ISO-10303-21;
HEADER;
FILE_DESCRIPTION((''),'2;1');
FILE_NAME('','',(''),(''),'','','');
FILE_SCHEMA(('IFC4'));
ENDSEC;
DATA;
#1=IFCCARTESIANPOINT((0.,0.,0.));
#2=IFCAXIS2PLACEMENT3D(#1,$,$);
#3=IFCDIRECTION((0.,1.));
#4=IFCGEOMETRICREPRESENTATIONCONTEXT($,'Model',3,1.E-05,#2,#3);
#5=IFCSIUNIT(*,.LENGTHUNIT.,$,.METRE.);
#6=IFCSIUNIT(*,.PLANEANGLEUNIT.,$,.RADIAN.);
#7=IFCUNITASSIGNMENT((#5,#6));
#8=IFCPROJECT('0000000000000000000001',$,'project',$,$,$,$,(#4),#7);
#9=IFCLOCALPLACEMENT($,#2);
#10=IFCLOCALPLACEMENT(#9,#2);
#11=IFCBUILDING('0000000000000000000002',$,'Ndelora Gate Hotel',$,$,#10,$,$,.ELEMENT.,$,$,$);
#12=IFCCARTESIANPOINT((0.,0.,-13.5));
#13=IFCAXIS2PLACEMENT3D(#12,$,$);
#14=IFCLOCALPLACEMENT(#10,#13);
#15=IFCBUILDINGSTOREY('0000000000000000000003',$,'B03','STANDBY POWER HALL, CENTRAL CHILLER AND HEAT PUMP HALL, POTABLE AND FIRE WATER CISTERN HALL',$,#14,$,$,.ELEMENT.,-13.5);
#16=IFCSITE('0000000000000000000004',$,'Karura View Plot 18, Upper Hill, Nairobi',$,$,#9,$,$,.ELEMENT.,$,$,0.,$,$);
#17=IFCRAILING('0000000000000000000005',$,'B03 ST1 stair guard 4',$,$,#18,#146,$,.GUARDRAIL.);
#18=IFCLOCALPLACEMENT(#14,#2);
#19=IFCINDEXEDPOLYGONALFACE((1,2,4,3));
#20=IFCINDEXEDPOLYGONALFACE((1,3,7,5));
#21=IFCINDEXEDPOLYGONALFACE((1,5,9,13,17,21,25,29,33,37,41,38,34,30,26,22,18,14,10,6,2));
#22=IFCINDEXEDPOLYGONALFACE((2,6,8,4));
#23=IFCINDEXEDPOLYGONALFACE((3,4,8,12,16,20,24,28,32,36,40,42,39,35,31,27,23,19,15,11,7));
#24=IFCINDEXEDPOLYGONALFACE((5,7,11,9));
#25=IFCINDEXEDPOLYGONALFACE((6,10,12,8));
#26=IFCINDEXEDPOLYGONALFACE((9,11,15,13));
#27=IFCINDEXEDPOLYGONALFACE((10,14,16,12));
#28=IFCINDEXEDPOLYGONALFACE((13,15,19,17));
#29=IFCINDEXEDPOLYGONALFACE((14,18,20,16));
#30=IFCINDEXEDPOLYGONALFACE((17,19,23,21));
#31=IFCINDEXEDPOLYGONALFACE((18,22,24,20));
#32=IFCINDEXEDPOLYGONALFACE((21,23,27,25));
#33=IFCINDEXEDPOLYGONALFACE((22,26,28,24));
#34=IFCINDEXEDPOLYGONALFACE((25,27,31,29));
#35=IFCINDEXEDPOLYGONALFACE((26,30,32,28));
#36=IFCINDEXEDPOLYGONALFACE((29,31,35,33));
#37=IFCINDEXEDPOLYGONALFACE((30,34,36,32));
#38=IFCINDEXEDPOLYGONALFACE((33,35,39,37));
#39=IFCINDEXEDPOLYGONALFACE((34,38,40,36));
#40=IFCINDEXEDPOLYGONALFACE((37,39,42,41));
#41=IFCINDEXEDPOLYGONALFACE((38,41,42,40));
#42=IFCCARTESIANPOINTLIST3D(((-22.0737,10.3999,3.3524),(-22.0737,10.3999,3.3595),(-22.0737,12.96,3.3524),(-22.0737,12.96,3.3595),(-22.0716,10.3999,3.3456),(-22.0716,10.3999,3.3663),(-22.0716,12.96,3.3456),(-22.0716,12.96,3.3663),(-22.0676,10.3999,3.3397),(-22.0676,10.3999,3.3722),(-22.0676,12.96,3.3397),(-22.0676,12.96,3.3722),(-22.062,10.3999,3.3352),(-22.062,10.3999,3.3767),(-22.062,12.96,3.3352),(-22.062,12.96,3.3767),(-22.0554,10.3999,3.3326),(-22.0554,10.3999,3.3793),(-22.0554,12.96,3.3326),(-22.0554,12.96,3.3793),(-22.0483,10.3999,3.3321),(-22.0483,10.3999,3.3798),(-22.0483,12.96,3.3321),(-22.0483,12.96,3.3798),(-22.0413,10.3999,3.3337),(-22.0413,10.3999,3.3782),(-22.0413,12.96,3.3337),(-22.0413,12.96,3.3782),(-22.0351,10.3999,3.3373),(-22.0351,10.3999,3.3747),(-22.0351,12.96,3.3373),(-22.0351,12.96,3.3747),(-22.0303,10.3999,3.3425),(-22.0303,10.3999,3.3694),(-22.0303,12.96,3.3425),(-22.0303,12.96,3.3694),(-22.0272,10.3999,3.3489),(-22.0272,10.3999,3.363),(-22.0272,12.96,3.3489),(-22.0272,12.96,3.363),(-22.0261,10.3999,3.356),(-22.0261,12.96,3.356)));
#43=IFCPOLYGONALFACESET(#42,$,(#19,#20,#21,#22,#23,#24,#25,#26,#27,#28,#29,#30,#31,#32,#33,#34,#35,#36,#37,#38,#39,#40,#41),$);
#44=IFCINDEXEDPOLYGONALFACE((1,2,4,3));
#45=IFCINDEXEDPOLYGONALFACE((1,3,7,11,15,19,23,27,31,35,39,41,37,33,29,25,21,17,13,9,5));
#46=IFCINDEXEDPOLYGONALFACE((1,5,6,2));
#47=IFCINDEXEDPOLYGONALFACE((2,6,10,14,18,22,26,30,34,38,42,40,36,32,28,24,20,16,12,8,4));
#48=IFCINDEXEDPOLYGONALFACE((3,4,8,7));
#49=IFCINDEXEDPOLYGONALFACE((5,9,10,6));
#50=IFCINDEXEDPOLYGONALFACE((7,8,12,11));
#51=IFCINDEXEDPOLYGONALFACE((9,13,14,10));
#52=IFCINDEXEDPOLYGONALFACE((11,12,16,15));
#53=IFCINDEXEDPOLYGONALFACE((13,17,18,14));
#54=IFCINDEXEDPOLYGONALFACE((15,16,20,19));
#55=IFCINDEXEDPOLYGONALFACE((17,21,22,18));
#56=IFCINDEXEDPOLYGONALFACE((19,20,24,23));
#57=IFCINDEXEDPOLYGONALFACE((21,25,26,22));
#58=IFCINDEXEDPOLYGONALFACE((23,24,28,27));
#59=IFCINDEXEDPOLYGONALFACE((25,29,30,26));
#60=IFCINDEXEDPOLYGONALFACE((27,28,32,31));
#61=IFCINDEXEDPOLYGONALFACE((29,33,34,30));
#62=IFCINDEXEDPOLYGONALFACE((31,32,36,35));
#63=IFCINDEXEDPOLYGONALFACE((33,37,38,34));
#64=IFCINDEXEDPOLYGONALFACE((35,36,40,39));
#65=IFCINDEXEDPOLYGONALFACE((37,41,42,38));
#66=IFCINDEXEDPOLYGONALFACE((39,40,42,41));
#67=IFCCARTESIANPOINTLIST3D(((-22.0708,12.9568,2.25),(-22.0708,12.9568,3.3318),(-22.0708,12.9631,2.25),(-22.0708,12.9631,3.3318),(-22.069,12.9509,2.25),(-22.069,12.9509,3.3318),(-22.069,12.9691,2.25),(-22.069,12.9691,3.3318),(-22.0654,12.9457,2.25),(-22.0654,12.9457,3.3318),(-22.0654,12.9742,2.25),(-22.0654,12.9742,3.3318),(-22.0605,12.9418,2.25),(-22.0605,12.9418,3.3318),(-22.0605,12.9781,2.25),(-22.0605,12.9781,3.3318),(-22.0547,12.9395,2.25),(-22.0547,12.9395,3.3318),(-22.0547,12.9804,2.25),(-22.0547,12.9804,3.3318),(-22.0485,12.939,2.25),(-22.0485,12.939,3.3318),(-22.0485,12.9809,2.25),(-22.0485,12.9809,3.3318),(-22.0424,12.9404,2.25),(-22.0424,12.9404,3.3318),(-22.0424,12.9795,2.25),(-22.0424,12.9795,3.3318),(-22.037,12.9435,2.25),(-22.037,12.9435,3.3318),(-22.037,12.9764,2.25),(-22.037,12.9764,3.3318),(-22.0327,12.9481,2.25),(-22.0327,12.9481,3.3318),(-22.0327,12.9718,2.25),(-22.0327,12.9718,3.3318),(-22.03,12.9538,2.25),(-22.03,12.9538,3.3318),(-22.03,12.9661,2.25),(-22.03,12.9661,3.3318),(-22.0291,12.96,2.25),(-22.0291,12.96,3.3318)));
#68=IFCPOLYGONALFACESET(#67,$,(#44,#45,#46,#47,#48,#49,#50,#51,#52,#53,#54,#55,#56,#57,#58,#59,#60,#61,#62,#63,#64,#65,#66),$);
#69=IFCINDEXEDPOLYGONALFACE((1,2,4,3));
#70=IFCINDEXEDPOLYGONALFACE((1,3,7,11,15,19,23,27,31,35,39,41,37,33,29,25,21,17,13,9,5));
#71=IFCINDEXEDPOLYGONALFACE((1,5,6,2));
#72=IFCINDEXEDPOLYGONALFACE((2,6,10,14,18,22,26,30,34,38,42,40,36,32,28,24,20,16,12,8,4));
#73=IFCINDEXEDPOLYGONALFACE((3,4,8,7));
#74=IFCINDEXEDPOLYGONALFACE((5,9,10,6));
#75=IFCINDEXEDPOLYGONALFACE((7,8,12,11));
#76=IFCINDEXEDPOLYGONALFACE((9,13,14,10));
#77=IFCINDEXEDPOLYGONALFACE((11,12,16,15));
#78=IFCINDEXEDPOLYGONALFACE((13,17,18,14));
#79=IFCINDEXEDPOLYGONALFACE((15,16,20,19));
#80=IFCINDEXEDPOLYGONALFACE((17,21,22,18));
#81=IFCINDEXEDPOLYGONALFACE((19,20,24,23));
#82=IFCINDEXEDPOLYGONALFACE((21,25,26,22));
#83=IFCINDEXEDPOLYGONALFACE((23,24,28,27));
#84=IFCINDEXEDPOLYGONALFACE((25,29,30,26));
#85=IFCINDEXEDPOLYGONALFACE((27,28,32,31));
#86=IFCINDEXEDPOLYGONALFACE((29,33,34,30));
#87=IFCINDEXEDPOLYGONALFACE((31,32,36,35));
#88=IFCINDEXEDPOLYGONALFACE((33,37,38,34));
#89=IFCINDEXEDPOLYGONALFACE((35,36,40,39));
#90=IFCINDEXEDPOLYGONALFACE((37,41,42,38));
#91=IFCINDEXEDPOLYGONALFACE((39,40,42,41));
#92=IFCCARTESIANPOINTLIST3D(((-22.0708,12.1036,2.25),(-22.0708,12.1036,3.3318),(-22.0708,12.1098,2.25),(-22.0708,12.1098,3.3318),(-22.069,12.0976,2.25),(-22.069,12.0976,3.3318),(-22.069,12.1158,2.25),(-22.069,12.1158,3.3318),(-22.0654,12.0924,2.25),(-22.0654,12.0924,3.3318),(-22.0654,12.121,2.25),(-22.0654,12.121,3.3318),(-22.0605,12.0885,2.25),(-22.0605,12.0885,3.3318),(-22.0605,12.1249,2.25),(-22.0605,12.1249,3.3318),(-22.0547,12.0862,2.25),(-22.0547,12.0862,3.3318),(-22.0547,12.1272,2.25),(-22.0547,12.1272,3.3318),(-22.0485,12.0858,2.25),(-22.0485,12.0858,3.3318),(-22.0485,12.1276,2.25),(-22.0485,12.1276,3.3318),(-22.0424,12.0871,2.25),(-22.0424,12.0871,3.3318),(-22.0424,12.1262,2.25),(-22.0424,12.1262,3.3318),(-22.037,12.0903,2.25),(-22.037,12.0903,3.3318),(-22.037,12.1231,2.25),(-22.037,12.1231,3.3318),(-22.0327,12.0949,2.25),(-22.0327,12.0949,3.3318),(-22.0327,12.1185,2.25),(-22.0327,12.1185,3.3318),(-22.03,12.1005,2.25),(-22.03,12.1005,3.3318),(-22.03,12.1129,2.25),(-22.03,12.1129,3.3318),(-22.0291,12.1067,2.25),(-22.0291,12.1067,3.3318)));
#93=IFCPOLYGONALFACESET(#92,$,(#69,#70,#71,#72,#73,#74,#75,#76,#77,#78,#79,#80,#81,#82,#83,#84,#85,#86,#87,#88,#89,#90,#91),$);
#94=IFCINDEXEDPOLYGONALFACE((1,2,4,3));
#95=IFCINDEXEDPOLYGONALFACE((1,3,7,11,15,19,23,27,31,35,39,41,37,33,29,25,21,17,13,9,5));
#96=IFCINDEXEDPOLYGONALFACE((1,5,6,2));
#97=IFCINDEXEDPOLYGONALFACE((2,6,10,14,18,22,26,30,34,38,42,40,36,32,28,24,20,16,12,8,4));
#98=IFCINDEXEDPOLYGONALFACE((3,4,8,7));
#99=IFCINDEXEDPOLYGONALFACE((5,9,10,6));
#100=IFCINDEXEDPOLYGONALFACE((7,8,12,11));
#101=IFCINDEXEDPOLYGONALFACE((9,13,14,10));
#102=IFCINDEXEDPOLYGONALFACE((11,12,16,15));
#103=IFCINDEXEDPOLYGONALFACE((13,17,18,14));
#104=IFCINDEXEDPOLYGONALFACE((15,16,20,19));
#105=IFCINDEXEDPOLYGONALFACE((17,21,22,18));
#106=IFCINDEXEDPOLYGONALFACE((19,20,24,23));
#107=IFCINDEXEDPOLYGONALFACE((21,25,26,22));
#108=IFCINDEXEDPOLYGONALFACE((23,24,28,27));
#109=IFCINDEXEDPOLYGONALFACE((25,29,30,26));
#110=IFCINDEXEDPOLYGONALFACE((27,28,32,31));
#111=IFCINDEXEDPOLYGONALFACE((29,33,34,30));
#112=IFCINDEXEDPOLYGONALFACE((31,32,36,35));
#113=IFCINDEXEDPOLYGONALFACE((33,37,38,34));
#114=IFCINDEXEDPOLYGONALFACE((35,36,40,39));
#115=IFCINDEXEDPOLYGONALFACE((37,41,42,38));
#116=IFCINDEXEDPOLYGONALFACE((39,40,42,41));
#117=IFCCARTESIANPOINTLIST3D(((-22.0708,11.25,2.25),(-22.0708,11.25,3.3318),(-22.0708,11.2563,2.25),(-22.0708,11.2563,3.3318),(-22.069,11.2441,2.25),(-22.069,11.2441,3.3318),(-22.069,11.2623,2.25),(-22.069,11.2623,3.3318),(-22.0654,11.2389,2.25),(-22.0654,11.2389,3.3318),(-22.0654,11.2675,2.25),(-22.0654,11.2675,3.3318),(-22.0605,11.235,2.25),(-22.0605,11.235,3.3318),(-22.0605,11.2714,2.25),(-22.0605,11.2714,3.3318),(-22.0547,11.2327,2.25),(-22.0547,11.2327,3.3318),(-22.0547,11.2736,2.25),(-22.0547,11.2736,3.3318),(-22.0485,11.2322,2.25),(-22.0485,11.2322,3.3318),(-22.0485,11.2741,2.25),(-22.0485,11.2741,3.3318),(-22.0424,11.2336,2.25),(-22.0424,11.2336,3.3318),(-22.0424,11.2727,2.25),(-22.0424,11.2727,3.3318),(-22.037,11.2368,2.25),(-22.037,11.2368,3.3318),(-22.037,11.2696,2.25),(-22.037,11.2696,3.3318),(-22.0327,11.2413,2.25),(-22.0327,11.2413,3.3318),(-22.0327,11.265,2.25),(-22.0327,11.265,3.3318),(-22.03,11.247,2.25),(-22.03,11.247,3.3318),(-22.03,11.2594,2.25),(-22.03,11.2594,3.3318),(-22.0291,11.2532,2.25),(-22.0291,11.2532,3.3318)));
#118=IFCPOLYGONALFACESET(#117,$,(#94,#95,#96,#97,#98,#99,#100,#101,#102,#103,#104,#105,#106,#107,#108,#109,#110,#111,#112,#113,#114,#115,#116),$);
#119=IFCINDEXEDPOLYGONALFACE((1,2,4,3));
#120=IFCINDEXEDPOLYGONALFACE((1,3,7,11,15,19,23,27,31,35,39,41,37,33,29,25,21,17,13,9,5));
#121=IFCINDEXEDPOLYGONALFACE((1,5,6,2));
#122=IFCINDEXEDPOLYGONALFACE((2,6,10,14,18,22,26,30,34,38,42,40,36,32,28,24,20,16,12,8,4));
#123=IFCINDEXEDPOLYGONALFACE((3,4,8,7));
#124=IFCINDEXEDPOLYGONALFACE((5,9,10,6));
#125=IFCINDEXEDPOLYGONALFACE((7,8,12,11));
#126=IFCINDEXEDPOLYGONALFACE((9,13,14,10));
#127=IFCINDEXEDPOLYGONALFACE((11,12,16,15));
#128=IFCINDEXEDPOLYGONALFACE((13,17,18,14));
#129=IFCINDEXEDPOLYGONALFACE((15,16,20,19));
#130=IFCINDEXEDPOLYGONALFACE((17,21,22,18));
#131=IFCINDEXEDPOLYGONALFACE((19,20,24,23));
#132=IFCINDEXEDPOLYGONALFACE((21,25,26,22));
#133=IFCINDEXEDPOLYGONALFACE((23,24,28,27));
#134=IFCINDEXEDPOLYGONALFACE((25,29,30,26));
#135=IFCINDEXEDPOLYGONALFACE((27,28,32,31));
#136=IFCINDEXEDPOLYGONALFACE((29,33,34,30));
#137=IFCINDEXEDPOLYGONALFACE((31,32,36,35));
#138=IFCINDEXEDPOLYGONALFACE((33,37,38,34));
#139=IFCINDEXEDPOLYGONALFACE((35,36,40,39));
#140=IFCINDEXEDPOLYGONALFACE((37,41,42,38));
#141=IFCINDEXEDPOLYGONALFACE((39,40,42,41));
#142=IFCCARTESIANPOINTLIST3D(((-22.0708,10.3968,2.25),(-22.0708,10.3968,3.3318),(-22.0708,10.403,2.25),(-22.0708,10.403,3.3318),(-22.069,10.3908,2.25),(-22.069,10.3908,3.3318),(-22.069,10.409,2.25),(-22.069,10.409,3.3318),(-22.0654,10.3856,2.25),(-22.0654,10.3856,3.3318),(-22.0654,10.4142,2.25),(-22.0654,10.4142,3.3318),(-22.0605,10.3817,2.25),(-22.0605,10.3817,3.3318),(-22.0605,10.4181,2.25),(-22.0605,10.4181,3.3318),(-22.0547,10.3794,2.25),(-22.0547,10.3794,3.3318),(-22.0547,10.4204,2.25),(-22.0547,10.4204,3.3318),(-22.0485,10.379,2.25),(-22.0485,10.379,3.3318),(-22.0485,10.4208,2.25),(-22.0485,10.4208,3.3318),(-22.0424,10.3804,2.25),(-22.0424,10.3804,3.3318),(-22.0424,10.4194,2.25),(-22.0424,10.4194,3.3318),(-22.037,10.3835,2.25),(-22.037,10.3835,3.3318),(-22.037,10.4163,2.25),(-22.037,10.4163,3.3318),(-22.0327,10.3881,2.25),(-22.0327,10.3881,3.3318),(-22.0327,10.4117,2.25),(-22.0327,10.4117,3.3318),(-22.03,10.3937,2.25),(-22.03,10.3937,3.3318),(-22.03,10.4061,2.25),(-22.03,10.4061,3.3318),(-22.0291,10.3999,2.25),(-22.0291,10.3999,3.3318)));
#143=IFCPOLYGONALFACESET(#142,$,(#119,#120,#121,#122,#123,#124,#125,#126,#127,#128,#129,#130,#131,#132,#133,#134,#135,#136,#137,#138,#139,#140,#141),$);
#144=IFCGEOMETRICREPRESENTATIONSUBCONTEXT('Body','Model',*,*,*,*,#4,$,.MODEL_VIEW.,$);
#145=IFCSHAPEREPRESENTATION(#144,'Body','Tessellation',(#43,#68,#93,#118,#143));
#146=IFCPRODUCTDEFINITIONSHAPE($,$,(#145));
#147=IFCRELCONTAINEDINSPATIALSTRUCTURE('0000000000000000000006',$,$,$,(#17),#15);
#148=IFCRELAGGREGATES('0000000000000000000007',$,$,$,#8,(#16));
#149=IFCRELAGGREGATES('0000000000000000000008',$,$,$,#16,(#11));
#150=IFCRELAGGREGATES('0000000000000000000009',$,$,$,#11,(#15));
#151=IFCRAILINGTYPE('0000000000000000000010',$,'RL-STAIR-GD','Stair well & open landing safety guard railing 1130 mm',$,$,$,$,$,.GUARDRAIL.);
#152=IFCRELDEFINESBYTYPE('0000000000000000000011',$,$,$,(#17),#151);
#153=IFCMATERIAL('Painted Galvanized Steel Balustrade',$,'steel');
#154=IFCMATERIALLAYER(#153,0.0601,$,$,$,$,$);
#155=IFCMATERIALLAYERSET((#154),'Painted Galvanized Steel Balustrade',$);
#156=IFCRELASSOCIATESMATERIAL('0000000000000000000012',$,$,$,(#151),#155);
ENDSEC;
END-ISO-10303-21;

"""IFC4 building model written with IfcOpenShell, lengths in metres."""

from ifc_helpers import new_model, si_unit, direction, frame, origin, origin_2d, place, context, subcontext, project, spatial, circle, extrude, material, layer, layer_set, type_object, element, save


model = new_model("IFC4")

# Units and contexts
model_context = context("Model", 3, precision=1e-05, world=origin(), true_north=direction((0.0, 1.0)))
body_context = subcontext(model_context, "Body", "Model", "MODEL_VIEW")
ifc_project = project(units=[si_unit("LENGTHUNIT", "METRE"), si_unit("PLANEANGLEUNIT", "RADIAN")], contexts=[model_context])

# Site, building, storey
site_placement = place(None, origin())
site = spatial("IfcSite", under=ifc_project, at=site_placement, Name="Karura View Plot 18, Upper Hill, Nairobi", CompositionType="ELEMENT", RefElevation=0.0)
building_placement = place(site_placement, origin())
building = spatial("IfcBuilding", under=site, at=building_placement, Name="Ndelora Gate Hotel", CompositionType="ELEMENT")
storey_placement = place(building_placement, frame((0.0, 0.0, -13.5)))
storey = spatial("IfcBuildingStorey", under=building, at=storey_placement, Name="B03", Description="STANDBY POWER HALL, CENTRAL CHILLER AND HEAT PUMP HALL, POTABLE AND FIRE WATER CISTERN HALL", CompositionType="ELEMENT", Elevation=-13.5)

# Railing
ifc_material_1 = material(Name="Painted Galvanized Steel Balustrade", Category="steel")
ifc_layer_1 = layer(ifc_material_1, 0.0601)
ifc_layer_set_1 = layer_set([ifc_layer_1], Name="Painted Galvanized Steel Balustrade")
railing_type_1 = type_object("IfcRailingType", Name="RL-STAIR-GD", Description="Stair well & open landing safety guard railing 1130 mm", PredefinedType="GUARDRAIL", material=ifc_layer_set_1)
railing_1_placement = place(storey_placement, frame((-22.05, 12.96, 2.25)))
element("IfcRailing", 1, at=railing_1_placement, inside=storey, type_object=railing_type_1, Name="B03 ST1 stair guard 4", PredefinedType="GUARDRAIL", context=body_context, shape_type="SweptSolid", body=[
    extrude(circle(Radius=0.0239, at=origin_2d()), frame((0.0, 0.0, 1.106), z_axis=(0.0, -1.0, 0.0), x_axis=(1.0, 0.0, 0.0)), (0.0, 0.0, 1.0), 2.5601),
    extrude(circle(Radius=0.021, at=origin_2d()), origin(), (0.0, 0.0, 1.0), 1.0818),
    extrude(circle(Radius=0.021, at=origin_2d()), frame((0.0, -0.8533, 0.0)), (0.0, 0.0, 1.0), 1.0818),
    extrude(circle(Radius=0.021, at=origin_2d()), frame((0.0, -1.7068, 0.0)), (0.0, 0.0, 1.0), 1.0818),
    extrude(circle(Radius=0.021, at=origin_2d()), frame((0.0, -2.5601, 0.0)), (0.0, 0.0, 1.0), 1.0818),
])

save(model, "model.ifc")
